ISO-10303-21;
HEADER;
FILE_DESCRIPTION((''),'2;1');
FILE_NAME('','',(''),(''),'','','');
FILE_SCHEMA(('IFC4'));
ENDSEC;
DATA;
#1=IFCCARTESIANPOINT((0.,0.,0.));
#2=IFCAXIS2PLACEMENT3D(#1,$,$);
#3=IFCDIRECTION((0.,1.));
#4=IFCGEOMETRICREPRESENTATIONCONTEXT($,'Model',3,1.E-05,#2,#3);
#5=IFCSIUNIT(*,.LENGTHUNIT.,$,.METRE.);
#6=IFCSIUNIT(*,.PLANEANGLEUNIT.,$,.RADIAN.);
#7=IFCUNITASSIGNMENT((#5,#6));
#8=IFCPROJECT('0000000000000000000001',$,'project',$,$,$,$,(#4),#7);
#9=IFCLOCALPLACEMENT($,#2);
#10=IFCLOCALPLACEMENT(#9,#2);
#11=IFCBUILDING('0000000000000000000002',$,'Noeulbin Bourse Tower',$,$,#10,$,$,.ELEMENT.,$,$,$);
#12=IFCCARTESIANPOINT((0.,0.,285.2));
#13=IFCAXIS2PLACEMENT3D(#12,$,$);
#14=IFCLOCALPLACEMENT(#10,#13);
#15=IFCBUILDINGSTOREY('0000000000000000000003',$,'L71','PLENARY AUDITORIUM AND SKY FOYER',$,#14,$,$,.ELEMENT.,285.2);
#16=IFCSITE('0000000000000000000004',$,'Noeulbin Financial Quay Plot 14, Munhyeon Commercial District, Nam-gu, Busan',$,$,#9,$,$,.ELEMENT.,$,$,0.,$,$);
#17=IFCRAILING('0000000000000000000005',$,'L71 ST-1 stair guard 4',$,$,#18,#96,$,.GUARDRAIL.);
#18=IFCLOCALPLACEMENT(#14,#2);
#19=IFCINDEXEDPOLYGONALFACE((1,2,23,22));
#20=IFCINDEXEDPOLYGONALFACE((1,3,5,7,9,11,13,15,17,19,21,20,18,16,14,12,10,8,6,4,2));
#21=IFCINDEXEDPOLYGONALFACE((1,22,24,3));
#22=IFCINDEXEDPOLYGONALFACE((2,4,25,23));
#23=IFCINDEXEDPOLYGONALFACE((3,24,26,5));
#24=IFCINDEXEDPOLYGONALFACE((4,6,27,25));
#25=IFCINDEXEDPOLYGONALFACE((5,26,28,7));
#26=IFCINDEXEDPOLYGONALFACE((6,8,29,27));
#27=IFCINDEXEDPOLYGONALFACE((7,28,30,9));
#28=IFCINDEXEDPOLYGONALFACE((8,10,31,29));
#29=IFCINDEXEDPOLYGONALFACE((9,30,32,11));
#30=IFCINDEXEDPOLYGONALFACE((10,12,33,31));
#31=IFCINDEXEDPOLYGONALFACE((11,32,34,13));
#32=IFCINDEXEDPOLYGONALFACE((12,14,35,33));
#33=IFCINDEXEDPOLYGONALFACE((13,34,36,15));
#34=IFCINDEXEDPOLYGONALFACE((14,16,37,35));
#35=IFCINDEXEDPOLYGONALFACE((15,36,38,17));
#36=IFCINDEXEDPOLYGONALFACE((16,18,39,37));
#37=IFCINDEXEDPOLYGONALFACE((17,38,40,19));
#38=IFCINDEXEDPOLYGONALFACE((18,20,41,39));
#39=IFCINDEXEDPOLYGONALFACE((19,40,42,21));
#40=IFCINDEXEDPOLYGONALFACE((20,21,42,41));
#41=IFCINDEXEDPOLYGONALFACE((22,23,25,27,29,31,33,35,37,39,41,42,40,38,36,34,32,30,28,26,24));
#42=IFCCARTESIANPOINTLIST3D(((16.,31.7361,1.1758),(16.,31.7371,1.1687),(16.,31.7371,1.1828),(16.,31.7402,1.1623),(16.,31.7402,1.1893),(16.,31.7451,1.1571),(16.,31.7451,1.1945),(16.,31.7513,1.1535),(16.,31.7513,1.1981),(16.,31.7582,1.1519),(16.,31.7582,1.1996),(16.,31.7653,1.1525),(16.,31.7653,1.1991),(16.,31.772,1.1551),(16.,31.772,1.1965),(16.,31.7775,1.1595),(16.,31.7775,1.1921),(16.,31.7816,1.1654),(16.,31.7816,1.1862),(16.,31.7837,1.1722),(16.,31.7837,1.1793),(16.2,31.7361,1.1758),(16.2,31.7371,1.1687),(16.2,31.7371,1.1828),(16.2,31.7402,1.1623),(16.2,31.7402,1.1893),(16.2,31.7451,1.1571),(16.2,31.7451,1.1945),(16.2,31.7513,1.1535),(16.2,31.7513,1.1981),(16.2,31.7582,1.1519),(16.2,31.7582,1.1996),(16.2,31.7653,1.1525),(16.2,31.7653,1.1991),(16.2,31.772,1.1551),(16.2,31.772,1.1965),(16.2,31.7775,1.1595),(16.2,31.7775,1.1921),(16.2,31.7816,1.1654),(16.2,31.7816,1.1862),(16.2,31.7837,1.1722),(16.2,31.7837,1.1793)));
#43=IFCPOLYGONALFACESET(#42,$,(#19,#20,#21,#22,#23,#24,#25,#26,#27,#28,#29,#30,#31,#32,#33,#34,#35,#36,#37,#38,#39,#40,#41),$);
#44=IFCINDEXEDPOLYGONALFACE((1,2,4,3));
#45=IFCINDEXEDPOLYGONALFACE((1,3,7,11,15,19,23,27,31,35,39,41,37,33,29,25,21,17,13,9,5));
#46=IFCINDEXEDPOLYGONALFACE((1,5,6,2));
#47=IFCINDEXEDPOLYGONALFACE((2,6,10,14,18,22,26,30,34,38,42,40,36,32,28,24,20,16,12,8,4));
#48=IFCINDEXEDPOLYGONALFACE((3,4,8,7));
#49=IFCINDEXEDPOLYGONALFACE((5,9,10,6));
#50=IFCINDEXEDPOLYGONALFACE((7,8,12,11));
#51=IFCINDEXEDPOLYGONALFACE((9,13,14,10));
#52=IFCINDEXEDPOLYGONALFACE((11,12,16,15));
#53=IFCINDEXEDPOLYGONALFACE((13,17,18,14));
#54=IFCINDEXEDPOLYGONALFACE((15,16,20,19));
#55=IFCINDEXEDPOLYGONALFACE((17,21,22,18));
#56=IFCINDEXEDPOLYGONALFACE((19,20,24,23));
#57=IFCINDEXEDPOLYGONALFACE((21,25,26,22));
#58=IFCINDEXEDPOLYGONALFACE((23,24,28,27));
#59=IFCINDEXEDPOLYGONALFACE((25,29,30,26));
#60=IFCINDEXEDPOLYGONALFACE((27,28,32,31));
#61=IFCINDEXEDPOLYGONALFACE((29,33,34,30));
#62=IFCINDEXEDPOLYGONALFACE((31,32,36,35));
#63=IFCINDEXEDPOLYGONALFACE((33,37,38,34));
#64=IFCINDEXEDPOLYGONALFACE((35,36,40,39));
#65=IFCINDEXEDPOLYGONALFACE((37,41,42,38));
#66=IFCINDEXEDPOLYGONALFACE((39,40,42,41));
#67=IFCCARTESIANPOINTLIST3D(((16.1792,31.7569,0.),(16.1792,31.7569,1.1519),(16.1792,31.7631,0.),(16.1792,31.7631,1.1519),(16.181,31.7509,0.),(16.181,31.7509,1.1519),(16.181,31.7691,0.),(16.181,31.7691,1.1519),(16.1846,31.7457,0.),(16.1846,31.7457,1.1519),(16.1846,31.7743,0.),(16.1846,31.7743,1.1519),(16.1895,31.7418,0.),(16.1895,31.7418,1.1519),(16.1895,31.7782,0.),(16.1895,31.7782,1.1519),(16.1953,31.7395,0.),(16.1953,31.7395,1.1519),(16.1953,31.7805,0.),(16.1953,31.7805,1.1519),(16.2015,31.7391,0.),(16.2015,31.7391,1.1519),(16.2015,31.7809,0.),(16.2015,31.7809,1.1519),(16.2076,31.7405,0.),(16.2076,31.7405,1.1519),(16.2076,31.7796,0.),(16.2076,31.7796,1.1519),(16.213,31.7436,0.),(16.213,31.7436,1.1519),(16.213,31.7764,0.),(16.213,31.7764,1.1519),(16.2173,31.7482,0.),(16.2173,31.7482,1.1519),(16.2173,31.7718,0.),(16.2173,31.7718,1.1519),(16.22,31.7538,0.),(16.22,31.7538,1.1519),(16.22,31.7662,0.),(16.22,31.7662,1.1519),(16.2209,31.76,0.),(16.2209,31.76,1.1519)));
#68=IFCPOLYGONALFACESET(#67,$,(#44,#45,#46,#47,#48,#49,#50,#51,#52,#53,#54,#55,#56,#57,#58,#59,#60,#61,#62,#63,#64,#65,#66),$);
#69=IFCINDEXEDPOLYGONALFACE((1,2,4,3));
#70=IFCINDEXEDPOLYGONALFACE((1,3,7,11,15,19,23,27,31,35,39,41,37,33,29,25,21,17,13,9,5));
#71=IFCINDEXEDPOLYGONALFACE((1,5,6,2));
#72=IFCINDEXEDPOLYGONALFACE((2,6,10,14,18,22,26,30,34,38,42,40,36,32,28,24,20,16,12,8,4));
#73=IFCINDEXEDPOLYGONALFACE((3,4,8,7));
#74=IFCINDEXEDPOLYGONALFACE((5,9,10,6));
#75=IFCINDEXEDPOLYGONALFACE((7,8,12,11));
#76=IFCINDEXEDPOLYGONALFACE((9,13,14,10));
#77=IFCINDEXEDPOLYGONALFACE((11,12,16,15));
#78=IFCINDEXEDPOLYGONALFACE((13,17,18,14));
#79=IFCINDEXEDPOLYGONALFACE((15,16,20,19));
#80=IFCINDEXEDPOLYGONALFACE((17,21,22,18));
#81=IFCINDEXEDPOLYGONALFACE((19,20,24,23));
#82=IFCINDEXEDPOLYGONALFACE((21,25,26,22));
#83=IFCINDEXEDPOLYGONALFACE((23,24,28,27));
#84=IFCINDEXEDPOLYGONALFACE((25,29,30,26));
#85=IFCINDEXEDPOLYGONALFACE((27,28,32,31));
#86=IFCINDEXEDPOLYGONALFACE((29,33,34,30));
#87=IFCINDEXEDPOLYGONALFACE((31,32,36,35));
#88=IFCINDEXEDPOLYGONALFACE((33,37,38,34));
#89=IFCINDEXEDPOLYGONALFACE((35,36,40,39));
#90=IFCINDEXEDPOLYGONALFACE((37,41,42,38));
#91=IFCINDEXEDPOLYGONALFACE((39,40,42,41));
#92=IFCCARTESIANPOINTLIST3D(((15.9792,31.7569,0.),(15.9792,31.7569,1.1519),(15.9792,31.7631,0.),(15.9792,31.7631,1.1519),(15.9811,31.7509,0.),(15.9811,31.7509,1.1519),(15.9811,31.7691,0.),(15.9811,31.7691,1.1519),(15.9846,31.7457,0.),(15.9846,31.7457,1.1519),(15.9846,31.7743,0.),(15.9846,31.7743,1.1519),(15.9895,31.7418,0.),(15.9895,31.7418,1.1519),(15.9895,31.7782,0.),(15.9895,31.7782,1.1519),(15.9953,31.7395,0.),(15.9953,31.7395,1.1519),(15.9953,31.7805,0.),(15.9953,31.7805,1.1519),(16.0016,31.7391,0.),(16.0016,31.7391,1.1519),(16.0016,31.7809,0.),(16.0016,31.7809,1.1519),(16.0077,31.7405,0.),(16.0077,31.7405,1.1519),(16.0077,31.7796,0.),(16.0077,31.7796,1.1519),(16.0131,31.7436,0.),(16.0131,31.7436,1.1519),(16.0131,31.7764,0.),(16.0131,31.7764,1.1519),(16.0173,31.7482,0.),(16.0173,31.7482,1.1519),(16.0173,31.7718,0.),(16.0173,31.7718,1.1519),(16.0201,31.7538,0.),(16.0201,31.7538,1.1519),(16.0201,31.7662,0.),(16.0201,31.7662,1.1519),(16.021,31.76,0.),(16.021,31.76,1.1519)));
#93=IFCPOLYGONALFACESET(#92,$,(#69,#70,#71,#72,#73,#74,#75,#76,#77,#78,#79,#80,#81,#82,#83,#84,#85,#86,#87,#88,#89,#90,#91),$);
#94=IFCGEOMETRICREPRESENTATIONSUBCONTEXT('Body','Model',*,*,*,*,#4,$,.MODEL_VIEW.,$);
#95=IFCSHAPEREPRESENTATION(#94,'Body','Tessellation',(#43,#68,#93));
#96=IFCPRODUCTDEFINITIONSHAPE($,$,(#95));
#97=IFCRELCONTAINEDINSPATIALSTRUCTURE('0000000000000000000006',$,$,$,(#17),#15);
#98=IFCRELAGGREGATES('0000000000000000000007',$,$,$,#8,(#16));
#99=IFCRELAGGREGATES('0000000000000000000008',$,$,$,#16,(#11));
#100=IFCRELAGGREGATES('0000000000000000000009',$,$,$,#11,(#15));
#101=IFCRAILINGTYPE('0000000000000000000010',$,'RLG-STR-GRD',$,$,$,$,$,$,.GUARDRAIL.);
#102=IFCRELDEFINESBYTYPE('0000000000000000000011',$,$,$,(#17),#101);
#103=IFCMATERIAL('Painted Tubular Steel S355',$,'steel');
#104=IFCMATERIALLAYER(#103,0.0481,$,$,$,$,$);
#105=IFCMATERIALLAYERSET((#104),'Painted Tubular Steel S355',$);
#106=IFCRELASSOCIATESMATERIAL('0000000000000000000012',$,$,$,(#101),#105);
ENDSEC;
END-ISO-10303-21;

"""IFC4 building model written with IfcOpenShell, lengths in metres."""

from ifc_helpers import new_model, si_unit, direction, frame, origin, origin_2d, place, context, subcontext, project, spatial, circle, extrude, material, layer, layer_set, type_object, element, save


model = new_model("IFC4")

# Units and contexts
model_context = context("Model", 3, precision=1e-05, world=origin(), true_north=direction((0.0, 1.0)))
body_context = subcontext(model_context, "Body", "Model", "MODEL_VIEW")
ifc_project = project(units=[si_unit("LENGTHUNIT", "METRE"), si_unit("PLANEANGLEUNIT", "RADIAN")], contexts=[model_context])

# Site, building, storey
site_placement = place(None, origin())
site = spatial("IfcSite", under=ifc_project, at=site_placement, Name="Noeulbin Financial Quay Plot 14, Munhyeon Commercial District, Nam-gu, Busan", CompositionType="ELEMENT", RefElevation=0.0)
building_placement = place(site_placement, origin())
building = spatial("IfcBuilding", under=site, at=building_placement, Name="Noeulbin Bourse Tower", CompositionType="ELEMENT")
storey_placement = place(building_placement, frame((0.0, 0.0, 285.2)))
storey = spatial("IfcBuildingStorey", under=building, at=storey_placement, Name="L71", Description="PLENARY AUDITORIUM AND SKY FOYER", CompositionType="ELEMENT", Elevation=285.2)

# Railing
ifc_material_1 = material(Name="Painted Tubular Steel S355", Category="steel")
ifc_layer_1 = layer(ifc_material_1, 0.0481)
ifc_layer_set_1 = layer_set([ifc_layer_1], Name="Painted Tubular Steel S355")
railing_type_1 = type_object("IfcRailingType", Name="RLG-STR-GRD", PredefinedType="GUARDRAIL", material=ifc_layer_set_1)
railing_1_placement = place(storey_placement, frame((16.2, 31.76, 0.0)))
element("IfcRailing", 1, at=railing_1_placement, inside=storey, type_object=railing_type_1, Name="L71 ST-1 stair guard 4", PredefinedType="GUARDRAIL", context=body_context, shape_type="SweptSolid", body=[
    extrude(circle(Radius=0.0239, at=origin_2d()), frame((0.0, 0.0, 1.1758), z_axis=(-1.0, 0.0, 0.0), x_axis=(0.0, -1.0, 0.0)), (0.0, 0.0, 1.0), 0.2),
    extrude(circle(Radius=0.021, at=origin_2d()), origin(), (0.0, 0.0, 1.0), 1.1519),
    extrude(circle(Radius=0.021, at=origin_2d()), frame((-0.2, 0.0, 0.0)), (0.0, 0.0, 1.0), 1.1519),
])

save(model, "model.ifc")
